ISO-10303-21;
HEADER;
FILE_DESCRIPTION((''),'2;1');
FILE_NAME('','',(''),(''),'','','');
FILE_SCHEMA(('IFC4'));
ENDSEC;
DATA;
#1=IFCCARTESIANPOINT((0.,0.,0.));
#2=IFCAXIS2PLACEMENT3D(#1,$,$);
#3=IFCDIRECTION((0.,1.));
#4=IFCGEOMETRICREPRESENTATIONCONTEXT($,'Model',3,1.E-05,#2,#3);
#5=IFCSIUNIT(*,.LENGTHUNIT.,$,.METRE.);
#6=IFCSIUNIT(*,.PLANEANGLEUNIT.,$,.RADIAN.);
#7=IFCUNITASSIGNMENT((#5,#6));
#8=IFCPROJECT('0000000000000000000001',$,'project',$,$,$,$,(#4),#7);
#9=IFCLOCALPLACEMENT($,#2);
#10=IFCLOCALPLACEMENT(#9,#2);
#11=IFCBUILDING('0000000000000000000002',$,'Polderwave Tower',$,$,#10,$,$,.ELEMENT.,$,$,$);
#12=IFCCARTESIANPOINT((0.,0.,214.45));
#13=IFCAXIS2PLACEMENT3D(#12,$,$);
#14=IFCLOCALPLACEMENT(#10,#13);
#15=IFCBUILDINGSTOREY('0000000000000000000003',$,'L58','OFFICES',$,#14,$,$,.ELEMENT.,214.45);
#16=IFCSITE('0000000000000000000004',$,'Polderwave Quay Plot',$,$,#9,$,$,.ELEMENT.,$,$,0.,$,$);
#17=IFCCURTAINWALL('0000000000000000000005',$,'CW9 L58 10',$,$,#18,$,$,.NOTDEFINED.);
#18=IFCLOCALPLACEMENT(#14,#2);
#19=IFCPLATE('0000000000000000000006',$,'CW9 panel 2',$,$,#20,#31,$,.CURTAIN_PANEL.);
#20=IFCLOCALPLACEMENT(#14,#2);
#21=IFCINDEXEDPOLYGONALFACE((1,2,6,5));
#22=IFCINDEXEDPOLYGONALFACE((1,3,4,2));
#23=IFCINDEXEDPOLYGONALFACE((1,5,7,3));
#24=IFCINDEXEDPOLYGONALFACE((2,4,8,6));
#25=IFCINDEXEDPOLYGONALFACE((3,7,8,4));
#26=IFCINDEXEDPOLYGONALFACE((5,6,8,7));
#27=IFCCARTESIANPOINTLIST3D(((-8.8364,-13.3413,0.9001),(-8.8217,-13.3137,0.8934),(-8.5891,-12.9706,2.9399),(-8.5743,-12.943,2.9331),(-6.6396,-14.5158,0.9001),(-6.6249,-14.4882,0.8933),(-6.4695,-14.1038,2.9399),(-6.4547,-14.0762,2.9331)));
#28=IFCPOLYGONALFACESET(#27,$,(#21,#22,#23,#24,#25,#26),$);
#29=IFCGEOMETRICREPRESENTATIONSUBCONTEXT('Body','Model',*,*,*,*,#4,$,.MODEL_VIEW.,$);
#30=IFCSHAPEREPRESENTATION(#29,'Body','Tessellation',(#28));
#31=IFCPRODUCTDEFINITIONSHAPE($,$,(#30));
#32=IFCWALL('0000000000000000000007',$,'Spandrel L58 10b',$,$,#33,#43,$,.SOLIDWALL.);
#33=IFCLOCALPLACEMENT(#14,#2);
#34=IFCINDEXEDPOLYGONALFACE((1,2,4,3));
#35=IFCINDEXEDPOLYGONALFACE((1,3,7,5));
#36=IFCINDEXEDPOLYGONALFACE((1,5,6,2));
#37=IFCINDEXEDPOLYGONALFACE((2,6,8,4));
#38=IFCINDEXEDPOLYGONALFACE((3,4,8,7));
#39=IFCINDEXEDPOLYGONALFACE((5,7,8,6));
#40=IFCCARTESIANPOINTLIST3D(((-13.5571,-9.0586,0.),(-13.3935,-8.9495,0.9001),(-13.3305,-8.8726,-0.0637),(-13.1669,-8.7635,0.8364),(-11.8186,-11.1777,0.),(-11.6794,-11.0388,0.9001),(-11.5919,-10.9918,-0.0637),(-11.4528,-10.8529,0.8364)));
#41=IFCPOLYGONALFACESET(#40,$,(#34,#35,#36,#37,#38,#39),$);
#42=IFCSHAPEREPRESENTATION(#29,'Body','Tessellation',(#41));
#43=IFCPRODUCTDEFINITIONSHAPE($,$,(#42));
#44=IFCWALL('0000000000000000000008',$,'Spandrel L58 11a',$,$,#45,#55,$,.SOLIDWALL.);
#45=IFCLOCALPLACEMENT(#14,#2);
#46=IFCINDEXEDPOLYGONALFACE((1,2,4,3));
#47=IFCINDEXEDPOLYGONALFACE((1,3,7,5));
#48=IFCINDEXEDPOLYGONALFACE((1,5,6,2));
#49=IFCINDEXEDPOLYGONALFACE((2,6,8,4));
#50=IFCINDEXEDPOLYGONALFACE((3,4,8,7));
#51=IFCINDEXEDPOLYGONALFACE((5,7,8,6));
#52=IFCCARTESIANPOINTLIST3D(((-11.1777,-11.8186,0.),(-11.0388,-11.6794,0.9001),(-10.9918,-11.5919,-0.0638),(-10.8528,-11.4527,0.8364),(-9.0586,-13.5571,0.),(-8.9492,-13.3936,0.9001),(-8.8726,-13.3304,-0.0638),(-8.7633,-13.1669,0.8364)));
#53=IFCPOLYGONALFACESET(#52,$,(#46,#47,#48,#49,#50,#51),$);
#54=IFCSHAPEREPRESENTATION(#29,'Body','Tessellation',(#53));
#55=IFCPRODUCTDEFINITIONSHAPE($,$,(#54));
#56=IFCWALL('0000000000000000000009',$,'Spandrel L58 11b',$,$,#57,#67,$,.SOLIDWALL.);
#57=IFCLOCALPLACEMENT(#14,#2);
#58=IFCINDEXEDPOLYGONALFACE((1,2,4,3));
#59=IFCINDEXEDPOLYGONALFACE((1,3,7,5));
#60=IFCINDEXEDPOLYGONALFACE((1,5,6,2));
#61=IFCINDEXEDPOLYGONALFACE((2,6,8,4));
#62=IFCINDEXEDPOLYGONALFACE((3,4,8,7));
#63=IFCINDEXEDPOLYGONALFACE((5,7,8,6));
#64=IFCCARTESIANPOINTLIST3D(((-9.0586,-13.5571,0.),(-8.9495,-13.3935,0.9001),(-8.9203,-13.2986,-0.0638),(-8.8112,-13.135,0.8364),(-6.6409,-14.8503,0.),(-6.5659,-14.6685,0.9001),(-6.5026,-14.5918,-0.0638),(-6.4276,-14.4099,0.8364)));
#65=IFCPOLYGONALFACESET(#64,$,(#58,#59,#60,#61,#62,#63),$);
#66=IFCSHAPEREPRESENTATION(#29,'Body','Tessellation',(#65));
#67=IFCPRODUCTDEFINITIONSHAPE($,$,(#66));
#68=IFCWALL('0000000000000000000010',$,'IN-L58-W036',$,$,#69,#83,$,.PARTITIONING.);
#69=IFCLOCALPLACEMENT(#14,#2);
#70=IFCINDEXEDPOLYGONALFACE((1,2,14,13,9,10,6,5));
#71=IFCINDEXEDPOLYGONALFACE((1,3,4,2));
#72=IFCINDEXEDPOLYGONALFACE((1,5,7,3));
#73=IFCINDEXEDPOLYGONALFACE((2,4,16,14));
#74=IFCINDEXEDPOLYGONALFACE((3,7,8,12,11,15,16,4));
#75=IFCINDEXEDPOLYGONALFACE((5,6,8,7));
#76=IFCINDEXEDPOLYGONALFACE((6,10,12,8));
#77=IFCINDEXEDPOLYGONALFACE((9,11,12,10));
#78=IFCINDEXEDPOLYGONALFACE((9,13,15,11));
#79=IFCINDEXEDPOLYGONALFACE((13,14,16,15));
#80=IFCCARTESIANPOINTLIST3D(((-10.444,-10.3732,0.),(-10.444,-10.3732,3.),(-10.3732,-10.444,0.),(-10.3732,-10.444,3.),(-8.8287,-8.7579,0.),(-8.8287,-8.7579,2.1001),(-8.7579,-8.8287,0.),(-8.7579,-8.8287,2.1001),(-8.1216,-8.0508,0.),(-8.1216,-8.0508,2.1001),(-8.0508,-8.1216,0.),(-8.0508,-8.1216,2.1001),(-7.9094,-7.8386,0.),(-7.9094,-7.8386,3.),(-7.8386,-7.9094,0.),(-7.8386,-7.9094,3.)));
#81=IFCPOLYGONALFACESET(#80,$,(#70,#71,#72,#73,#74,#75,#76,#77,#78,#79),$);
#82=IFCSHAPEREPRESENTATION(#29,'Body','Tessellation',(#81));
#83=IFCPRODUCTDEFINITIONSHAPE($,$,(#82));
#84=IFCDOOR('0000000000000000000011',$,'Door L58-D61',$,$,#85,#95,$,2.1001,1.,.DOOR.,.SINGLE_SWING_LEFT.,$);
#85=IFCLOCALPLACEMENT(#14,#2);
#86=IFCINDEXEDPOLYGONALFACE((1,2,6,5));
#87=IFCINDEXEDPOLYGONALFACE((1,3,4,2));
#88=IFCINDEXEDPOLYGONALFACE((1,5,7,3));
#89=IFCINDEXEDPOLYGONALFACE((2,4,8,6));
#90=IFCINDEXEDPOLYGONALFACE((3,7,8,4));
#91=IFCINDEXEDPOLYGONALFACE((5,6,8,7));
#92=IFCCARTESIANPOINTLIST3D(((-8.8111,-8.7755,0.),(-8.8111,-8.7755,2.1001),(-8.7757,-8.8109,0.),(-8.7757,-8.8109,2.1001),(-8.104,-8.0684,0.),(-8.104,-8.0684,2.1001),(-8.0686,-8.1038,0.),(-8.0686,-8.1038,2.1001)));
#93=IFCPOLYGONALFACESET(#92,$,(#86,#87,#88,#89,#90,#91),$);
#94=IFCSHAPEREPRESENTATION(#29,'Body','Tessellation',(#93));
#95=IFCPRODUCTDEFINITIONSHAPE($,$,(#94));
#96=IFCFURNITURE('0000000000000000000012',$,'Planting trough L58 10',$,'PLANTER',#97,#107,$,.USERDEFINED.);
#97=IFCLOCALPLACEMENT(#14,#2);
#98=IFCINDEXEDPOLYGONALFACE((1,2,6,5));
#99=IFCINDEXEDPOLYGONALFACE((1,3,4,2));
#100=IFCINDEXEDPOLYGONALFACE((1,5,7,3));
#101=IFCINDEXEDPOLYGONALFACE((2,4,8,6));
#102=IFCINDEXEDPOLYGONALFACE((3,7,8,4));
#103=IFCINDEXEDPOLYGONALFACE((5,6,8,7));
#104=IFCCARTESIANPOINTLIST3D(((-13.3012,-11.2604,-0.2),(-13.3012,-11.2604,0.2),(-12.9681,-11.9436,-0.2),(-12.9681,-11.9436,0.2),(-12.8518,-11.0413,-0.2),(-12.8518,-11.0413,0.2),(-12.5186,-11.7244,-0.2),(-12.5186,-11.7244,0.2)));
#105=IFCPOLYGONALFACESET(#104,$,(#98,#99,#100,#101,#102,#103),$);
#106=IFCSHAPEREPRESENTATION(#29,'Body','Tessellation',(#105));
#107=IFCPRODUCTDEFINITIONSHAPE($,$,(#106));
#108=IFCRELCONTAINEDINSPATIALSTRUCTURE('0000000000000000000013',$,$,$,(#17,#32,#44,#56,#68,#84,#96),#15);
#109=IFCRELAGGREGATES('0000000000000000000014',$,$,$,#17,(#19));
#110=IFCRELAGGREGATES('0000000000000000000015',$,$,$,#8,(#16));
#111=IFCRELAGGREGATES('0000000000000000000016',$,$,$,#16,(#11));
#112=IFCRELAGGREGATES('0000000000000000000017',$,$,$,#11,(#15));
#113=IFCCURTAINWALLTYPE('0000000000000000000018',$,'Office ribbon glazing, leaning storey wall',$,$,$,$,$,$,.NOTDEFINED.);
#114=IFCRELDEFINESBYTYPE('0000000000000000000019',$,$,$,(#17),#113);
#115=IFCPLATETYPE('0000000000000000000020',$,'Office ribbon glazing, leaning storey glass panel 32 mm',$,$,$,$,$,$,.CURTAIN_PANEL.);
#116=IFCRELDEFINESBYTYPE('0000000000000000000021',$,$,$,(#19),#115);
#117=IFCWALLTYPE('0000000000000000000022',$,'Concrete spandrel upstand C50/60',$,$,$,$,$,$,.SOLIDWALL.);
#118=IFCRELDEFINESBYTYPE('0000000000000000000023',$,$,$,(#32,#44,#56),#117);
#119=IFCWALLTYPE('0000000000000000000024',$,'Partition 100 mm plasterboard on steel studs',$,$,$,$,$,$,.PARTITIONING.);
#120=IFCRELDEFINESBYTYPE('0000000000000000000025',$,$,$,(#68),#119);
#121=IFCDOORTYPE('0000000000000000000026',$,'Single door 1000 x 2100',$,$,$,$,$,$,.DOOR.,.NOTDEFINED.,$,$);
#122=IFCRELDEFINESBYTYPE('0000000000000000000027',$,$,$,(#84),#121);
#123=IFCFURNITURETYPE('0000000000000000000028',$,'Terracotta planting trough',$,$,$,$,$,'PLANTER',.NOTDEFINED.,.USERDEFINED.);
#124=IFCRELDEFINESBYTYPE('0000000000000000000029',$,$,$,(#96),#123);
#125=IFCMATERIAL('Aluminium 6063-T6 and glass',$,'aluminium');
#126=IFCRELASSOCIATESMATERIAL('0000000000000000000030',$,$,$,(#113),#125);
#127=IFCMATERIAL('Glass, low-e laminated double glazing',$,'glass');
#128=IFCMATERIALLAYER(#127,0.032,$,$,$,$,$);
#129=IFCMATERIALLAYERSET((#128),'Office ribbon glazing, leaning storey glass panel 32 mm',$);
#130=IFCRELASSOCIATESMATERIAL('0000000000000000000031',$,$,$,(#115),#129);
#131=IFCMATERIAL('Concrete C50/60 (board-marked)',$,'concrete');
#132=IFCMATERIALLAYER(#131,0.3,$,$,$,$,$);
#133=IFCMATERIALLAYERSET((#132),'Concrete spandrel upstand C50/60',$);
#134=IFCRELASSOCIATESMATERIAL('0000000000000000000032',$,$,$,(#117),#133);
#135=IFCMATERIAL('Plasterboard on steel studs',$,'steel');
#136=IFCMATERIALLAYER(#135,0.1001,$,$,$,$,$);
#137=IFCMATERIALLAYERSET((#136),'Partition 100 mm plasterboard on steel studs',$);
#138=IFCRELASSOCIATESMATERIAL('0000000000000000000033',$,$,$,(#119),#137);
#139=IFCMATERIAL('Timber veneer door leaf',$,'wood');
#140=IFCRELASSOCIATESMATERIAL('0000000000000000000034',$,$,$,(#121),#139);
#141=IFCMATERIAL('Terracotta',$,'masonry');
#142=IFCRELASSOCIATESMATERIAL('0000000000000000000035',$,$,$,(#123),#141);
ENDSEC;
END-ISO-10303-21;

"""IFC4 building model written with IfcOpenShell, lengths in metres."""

from ifc_helpers import new_model, si_unit, direction, frame, frame_2d, origin, origin_2d, place, context, subcontext, project, spatial, polyline, rectangle, outline, extrude, material, layer, layer_set, type_object, element, fill, aggregate, save


model = new_model("IFC4")

# Units and contexts
model_context = context("Model", 3, precision=1e-05, world=origin(), true_north=direction((0.0, 1.0)))
body_context = subcontext(model_context, "Body", "Model", "MODEL_VIEW")
ifc_project = project(units=[si_unit("LENGTHUNIT", "METRE"), si_unit("PLANEANGLEUNIT", "RADIAN")], contexts=[model_context])

# Site, building, storey
site_placement = place(None, origin())
site = spatial("IfcSite", under=ifc_project, at=site_placement, Name="Polderwave Quay Plot", CompositionType="ELEMENT", RefElevation=0.0)
building_placement = place(site_placement, origin())
building = spatial("IfcBuilding", under=site, at=building_placement, Name="Polderwave Tower", CompositionType="ELEMENT")
storey_placement = place(building_placement, frame((0.0, 0.0, 214.45)))
storey = spatial("IfcBuildingStorey", under=building, at=storey_placement, Name="L58", Description="OFFICES", CompositionType="ELEMENT", Elevation=214.45)

# Curtain wall
ifc_material_1 = material(Name="Aluminium 6063-T6 and glass", Category="aluminium")
curtain_wall_type = type_object("IfcCurtainWallType", Name="Office ribbon glazing, leaning storey wall", PredefinedType="NOTDEFINED", material=ifc_material_1)
curtain_wall_1_placement = place(storey_placement, origin())
curtain_wall_1 = element("IfcCurtainWall", 1, at=curtain_wall_1_placement, inside=storey, type_object=curtain_wall_type, Name="CW9 L58 10", PredefinedType="NOTDEFINED")

# Plate
ifc_material_2 = material(Name="Glass, low-e laminated double glazing", Category="glass")
ifc_layer_1 = layer(ifc_material_2, 0.032)
ifc_layer_set_1 = layer_set([ifc_layer_1], Name="Office ribbon glazing, leaning storey glass panel 32 mm")
plate_type = type_object("IfcPlateType", Name="Office ribbon glazing, leaning storey glass panel 32 mm", PredefinedType="CURTAIN_PANEL", material=ifc_layer_set_1)
plate_1_placement = place(storey_placement, frame((-8.8364, -13.3413, 0.9001), z_axis=(-0.460702, -0.861745, 0.212481), x_axis=(0.881882, -0.47147, -0.00001)))
plate_1 = element("IfcPlate", 2, at=plate_1_placement, type_object=plate_type, Name="CW9 panel 2", PredefinedType="CURTAIN_PANEL", context=body_context, shape_type="SweptSolid", body=[
    extrude(outline(polyline([(0.0, 0.0), (2.4911, 0.0), (2.4468, 2.0875), (0.0434, 2.0874), (0.0, 0.0)])), origin(), (0.0, 0.0, -1.0), 0.032),
])
aggregate(curtain_wall_1, [plate_1])

# Walls
ifc_material_3 = material(Name="Concrete C50/60 (board-marked)", Category="concrete")
ifc_layer_2 = layer(ifc_material_3, 0.3)
ifc_layer_set_2 = layer_set([ifc_layer_2], Name="Concrete spandrel upstand C50/60")
wall_type_1 = type_object("IfcWallType", Name="Concrete spandrel upstand C50/60", PredefinedType="SOLIDWALL", material=ifc_layer_set_2)
wall_1_placement = place(storey_placement, frame((-13.5571, -9.0586, 0.0), z_axis=(-0.755471, -0.619786, 0.212434), x_axis=(0.634263, -0.773117, -0.000001)))
element("IfcWall", 3, at=wall_1_placement, inside=storey, type_object=wall_type_1, Name="Spandrel L58 10b", PredefinedType="SOLIDWALL", context=body_context, shape_type="SweptSolid", body=[
    extrude(outline(polyline([(0.0, 0.0), (2.741, 0.0), (2.7219, 0.9212), (0.0194, 0.9212), (0.0, 0.0)])), origin(), (0.0, 0.0, -1.0), 0.3),
])
wall_2_placement = place(storey_placement, frame((-11.1777, -11.8186, 0.0), z_axis=(-0.619754, -0.755475, 0.212514), x_axis=(0.773135, -0.634242, -0.000005)))
element("IfcWall", 4, at=wall_2_placement, inside=storey, type_object=wall_type_1, Name="Spandrel L58 11a", PredefinedType="SOLIDWALL", context=body_context, shape_type="SweptSolid", body=[
    extrude(outline(polyline([(0.0, 0.0), (2.741, 0.0), (2.7218, 0.9212), (0.0191, 0.9212), (0.0, 0.0)])), origin(), (0.0, 0.0, -1.0), 0.3),
])
wall_3_placement = place(storey_placement, frame((-9.0586, -13.5571, 0.0), z_axis=(-0.460883, -0.861652, 0.212469), x_axis=(0.881785, -0.471652, -0.000001)))
element("IfcWall", 5, at=wall_3_placement, inside=storey, type_object=wall_type_1, Name="Spandrel L58 11b", PredefinedType="SOLIDWALL", context=body_context, shape_type="SweptSolid", body=[
    extrude(outline(polyline([(0.0, 0.0), (2.7419, 0.0), (2.7222, 0.9212), (0.0191, 0.9212), (0.0, 0.0)])), origin(), (0.0, 0.0, -1.0), 0.3),
])

# Wall, opening, door
ifc_material_4 = material(Name="Plasterboard on steel studs", Category="steel")
ifc_layer_3 = layer(ifc_material_4, 0.1001)
ifc_layer_set_3 = layer_set([ifc_layer_3], Name="Partition 100 mm plasterboard on steel studs")
wall_type_2 = type_object("IfcWallType", Name="Partition 100 mm plasterboard on steel studs", PredefinedType="PARTITIONING", material=ifc_layer_set_3)
wall_4_placement = place(storey_placement, frame((-7.874, -7.874, 0.0), z_axis=(0.0, 0.0, 1.0), x_axis=(-0.707107, -0.707107, 0.0)))
wall_4 = element("IfcWall", 6, at=wall_4_placement, inside=storey, type_object=wall_type_2, Name="IN-L58-W036", PredefinedType="PARTITIONING", context=body_context, shape_type="SweptSolid", body=[
    extrude(rectangle(XDim=3.5845, YDim=0.1001, at=frame_2d((1.7922, 0.0))), origin(), (0.0, 0.0, 1.0), 3.0),
])
opening_placement = place(wall_4_placement, frame((0.3, 0.0, 0.0)))
opening = element("IfcOpeningElement", 7, at=opening_placement, cuts=wall_4, PredefinedType="OPENING", context=body_context, shape_type="SweptSolid", body=[
    extrude(rectangle(XDim=1.0, YDim=2.1001, at=frame_2d((0.5, 1.05))), frame((0.0, 0.0601, 0.0), z_axis=(0.0, -1.0, 0.0), x_axis=(1.0, 0.0, 0.0)), (0.0, 0.0, 1.0), 0.1201),
])
ifc_material_5 = material(Name="Timber veneer door leaf", Category="wood")
door_type = type_object("IfcDoorType", Name="Single door 1000 x 2100", OperationType="NOTDEFINED", PredefinedType="DOOR", material=ifc_material_5)
door_placement = place(opening_placement, origin())
door = element("IfcDoor", 8, at=door_placement, inside=storey, type_object=door_type, Name="Door L58-D61", OperationType="SINGLE_SWING_LEFT", OverallHeight=2.1001, OverallWidth=1.0, PredefinedType="DOOR", context=body_context, shape_type="SweptSolid", body=[
    extrude(rectangle(XDim=1.0, YDim=2.1001, at=frame_2d((0.5, 1.05))), frame((0.0, 0.0249, 0.0), z_axis=(0.0, -1.0, 0.0), x_axis=(1.0, 0.0, 0.0)), (0.0, 0.0, 1.0), 0.05),
])
fill(opening, door)

# Furniture
ifc_material_6 = material(Name="Terracotta", Category="masonry")
furniture_type = type_object("IfcFurnitureType", Name="Terracotta planting trough", ElementType="PLANTER", AssemblyPlace="NOTDEFINED", PredefinedType="USERDEFINED", material=ifc_material_6)
furniture_placement = place(storey_placement, frame((-12.9099, -11.4924, -0.2), z_axis=(0.0, 0.0, 1.0), x_axis=(0.438302, -0.898828, 0.0)))
element("IfcFurniture", 9, at=furniture_placement, inside=storey, type_object=furniture_type, Name="Planting trough L58 10", ObjectType="PLANTER", PredefinedType="USERDEFINED", context=body_context, shape_type="SweptSolid", body=[
    extrude(rectangle(XDim=0.76, YDim=0.5, at=origin_2d()), origin(), (0.0, 0.0, 1.0), 0.3999),
])

save(model, "model.ifc")
